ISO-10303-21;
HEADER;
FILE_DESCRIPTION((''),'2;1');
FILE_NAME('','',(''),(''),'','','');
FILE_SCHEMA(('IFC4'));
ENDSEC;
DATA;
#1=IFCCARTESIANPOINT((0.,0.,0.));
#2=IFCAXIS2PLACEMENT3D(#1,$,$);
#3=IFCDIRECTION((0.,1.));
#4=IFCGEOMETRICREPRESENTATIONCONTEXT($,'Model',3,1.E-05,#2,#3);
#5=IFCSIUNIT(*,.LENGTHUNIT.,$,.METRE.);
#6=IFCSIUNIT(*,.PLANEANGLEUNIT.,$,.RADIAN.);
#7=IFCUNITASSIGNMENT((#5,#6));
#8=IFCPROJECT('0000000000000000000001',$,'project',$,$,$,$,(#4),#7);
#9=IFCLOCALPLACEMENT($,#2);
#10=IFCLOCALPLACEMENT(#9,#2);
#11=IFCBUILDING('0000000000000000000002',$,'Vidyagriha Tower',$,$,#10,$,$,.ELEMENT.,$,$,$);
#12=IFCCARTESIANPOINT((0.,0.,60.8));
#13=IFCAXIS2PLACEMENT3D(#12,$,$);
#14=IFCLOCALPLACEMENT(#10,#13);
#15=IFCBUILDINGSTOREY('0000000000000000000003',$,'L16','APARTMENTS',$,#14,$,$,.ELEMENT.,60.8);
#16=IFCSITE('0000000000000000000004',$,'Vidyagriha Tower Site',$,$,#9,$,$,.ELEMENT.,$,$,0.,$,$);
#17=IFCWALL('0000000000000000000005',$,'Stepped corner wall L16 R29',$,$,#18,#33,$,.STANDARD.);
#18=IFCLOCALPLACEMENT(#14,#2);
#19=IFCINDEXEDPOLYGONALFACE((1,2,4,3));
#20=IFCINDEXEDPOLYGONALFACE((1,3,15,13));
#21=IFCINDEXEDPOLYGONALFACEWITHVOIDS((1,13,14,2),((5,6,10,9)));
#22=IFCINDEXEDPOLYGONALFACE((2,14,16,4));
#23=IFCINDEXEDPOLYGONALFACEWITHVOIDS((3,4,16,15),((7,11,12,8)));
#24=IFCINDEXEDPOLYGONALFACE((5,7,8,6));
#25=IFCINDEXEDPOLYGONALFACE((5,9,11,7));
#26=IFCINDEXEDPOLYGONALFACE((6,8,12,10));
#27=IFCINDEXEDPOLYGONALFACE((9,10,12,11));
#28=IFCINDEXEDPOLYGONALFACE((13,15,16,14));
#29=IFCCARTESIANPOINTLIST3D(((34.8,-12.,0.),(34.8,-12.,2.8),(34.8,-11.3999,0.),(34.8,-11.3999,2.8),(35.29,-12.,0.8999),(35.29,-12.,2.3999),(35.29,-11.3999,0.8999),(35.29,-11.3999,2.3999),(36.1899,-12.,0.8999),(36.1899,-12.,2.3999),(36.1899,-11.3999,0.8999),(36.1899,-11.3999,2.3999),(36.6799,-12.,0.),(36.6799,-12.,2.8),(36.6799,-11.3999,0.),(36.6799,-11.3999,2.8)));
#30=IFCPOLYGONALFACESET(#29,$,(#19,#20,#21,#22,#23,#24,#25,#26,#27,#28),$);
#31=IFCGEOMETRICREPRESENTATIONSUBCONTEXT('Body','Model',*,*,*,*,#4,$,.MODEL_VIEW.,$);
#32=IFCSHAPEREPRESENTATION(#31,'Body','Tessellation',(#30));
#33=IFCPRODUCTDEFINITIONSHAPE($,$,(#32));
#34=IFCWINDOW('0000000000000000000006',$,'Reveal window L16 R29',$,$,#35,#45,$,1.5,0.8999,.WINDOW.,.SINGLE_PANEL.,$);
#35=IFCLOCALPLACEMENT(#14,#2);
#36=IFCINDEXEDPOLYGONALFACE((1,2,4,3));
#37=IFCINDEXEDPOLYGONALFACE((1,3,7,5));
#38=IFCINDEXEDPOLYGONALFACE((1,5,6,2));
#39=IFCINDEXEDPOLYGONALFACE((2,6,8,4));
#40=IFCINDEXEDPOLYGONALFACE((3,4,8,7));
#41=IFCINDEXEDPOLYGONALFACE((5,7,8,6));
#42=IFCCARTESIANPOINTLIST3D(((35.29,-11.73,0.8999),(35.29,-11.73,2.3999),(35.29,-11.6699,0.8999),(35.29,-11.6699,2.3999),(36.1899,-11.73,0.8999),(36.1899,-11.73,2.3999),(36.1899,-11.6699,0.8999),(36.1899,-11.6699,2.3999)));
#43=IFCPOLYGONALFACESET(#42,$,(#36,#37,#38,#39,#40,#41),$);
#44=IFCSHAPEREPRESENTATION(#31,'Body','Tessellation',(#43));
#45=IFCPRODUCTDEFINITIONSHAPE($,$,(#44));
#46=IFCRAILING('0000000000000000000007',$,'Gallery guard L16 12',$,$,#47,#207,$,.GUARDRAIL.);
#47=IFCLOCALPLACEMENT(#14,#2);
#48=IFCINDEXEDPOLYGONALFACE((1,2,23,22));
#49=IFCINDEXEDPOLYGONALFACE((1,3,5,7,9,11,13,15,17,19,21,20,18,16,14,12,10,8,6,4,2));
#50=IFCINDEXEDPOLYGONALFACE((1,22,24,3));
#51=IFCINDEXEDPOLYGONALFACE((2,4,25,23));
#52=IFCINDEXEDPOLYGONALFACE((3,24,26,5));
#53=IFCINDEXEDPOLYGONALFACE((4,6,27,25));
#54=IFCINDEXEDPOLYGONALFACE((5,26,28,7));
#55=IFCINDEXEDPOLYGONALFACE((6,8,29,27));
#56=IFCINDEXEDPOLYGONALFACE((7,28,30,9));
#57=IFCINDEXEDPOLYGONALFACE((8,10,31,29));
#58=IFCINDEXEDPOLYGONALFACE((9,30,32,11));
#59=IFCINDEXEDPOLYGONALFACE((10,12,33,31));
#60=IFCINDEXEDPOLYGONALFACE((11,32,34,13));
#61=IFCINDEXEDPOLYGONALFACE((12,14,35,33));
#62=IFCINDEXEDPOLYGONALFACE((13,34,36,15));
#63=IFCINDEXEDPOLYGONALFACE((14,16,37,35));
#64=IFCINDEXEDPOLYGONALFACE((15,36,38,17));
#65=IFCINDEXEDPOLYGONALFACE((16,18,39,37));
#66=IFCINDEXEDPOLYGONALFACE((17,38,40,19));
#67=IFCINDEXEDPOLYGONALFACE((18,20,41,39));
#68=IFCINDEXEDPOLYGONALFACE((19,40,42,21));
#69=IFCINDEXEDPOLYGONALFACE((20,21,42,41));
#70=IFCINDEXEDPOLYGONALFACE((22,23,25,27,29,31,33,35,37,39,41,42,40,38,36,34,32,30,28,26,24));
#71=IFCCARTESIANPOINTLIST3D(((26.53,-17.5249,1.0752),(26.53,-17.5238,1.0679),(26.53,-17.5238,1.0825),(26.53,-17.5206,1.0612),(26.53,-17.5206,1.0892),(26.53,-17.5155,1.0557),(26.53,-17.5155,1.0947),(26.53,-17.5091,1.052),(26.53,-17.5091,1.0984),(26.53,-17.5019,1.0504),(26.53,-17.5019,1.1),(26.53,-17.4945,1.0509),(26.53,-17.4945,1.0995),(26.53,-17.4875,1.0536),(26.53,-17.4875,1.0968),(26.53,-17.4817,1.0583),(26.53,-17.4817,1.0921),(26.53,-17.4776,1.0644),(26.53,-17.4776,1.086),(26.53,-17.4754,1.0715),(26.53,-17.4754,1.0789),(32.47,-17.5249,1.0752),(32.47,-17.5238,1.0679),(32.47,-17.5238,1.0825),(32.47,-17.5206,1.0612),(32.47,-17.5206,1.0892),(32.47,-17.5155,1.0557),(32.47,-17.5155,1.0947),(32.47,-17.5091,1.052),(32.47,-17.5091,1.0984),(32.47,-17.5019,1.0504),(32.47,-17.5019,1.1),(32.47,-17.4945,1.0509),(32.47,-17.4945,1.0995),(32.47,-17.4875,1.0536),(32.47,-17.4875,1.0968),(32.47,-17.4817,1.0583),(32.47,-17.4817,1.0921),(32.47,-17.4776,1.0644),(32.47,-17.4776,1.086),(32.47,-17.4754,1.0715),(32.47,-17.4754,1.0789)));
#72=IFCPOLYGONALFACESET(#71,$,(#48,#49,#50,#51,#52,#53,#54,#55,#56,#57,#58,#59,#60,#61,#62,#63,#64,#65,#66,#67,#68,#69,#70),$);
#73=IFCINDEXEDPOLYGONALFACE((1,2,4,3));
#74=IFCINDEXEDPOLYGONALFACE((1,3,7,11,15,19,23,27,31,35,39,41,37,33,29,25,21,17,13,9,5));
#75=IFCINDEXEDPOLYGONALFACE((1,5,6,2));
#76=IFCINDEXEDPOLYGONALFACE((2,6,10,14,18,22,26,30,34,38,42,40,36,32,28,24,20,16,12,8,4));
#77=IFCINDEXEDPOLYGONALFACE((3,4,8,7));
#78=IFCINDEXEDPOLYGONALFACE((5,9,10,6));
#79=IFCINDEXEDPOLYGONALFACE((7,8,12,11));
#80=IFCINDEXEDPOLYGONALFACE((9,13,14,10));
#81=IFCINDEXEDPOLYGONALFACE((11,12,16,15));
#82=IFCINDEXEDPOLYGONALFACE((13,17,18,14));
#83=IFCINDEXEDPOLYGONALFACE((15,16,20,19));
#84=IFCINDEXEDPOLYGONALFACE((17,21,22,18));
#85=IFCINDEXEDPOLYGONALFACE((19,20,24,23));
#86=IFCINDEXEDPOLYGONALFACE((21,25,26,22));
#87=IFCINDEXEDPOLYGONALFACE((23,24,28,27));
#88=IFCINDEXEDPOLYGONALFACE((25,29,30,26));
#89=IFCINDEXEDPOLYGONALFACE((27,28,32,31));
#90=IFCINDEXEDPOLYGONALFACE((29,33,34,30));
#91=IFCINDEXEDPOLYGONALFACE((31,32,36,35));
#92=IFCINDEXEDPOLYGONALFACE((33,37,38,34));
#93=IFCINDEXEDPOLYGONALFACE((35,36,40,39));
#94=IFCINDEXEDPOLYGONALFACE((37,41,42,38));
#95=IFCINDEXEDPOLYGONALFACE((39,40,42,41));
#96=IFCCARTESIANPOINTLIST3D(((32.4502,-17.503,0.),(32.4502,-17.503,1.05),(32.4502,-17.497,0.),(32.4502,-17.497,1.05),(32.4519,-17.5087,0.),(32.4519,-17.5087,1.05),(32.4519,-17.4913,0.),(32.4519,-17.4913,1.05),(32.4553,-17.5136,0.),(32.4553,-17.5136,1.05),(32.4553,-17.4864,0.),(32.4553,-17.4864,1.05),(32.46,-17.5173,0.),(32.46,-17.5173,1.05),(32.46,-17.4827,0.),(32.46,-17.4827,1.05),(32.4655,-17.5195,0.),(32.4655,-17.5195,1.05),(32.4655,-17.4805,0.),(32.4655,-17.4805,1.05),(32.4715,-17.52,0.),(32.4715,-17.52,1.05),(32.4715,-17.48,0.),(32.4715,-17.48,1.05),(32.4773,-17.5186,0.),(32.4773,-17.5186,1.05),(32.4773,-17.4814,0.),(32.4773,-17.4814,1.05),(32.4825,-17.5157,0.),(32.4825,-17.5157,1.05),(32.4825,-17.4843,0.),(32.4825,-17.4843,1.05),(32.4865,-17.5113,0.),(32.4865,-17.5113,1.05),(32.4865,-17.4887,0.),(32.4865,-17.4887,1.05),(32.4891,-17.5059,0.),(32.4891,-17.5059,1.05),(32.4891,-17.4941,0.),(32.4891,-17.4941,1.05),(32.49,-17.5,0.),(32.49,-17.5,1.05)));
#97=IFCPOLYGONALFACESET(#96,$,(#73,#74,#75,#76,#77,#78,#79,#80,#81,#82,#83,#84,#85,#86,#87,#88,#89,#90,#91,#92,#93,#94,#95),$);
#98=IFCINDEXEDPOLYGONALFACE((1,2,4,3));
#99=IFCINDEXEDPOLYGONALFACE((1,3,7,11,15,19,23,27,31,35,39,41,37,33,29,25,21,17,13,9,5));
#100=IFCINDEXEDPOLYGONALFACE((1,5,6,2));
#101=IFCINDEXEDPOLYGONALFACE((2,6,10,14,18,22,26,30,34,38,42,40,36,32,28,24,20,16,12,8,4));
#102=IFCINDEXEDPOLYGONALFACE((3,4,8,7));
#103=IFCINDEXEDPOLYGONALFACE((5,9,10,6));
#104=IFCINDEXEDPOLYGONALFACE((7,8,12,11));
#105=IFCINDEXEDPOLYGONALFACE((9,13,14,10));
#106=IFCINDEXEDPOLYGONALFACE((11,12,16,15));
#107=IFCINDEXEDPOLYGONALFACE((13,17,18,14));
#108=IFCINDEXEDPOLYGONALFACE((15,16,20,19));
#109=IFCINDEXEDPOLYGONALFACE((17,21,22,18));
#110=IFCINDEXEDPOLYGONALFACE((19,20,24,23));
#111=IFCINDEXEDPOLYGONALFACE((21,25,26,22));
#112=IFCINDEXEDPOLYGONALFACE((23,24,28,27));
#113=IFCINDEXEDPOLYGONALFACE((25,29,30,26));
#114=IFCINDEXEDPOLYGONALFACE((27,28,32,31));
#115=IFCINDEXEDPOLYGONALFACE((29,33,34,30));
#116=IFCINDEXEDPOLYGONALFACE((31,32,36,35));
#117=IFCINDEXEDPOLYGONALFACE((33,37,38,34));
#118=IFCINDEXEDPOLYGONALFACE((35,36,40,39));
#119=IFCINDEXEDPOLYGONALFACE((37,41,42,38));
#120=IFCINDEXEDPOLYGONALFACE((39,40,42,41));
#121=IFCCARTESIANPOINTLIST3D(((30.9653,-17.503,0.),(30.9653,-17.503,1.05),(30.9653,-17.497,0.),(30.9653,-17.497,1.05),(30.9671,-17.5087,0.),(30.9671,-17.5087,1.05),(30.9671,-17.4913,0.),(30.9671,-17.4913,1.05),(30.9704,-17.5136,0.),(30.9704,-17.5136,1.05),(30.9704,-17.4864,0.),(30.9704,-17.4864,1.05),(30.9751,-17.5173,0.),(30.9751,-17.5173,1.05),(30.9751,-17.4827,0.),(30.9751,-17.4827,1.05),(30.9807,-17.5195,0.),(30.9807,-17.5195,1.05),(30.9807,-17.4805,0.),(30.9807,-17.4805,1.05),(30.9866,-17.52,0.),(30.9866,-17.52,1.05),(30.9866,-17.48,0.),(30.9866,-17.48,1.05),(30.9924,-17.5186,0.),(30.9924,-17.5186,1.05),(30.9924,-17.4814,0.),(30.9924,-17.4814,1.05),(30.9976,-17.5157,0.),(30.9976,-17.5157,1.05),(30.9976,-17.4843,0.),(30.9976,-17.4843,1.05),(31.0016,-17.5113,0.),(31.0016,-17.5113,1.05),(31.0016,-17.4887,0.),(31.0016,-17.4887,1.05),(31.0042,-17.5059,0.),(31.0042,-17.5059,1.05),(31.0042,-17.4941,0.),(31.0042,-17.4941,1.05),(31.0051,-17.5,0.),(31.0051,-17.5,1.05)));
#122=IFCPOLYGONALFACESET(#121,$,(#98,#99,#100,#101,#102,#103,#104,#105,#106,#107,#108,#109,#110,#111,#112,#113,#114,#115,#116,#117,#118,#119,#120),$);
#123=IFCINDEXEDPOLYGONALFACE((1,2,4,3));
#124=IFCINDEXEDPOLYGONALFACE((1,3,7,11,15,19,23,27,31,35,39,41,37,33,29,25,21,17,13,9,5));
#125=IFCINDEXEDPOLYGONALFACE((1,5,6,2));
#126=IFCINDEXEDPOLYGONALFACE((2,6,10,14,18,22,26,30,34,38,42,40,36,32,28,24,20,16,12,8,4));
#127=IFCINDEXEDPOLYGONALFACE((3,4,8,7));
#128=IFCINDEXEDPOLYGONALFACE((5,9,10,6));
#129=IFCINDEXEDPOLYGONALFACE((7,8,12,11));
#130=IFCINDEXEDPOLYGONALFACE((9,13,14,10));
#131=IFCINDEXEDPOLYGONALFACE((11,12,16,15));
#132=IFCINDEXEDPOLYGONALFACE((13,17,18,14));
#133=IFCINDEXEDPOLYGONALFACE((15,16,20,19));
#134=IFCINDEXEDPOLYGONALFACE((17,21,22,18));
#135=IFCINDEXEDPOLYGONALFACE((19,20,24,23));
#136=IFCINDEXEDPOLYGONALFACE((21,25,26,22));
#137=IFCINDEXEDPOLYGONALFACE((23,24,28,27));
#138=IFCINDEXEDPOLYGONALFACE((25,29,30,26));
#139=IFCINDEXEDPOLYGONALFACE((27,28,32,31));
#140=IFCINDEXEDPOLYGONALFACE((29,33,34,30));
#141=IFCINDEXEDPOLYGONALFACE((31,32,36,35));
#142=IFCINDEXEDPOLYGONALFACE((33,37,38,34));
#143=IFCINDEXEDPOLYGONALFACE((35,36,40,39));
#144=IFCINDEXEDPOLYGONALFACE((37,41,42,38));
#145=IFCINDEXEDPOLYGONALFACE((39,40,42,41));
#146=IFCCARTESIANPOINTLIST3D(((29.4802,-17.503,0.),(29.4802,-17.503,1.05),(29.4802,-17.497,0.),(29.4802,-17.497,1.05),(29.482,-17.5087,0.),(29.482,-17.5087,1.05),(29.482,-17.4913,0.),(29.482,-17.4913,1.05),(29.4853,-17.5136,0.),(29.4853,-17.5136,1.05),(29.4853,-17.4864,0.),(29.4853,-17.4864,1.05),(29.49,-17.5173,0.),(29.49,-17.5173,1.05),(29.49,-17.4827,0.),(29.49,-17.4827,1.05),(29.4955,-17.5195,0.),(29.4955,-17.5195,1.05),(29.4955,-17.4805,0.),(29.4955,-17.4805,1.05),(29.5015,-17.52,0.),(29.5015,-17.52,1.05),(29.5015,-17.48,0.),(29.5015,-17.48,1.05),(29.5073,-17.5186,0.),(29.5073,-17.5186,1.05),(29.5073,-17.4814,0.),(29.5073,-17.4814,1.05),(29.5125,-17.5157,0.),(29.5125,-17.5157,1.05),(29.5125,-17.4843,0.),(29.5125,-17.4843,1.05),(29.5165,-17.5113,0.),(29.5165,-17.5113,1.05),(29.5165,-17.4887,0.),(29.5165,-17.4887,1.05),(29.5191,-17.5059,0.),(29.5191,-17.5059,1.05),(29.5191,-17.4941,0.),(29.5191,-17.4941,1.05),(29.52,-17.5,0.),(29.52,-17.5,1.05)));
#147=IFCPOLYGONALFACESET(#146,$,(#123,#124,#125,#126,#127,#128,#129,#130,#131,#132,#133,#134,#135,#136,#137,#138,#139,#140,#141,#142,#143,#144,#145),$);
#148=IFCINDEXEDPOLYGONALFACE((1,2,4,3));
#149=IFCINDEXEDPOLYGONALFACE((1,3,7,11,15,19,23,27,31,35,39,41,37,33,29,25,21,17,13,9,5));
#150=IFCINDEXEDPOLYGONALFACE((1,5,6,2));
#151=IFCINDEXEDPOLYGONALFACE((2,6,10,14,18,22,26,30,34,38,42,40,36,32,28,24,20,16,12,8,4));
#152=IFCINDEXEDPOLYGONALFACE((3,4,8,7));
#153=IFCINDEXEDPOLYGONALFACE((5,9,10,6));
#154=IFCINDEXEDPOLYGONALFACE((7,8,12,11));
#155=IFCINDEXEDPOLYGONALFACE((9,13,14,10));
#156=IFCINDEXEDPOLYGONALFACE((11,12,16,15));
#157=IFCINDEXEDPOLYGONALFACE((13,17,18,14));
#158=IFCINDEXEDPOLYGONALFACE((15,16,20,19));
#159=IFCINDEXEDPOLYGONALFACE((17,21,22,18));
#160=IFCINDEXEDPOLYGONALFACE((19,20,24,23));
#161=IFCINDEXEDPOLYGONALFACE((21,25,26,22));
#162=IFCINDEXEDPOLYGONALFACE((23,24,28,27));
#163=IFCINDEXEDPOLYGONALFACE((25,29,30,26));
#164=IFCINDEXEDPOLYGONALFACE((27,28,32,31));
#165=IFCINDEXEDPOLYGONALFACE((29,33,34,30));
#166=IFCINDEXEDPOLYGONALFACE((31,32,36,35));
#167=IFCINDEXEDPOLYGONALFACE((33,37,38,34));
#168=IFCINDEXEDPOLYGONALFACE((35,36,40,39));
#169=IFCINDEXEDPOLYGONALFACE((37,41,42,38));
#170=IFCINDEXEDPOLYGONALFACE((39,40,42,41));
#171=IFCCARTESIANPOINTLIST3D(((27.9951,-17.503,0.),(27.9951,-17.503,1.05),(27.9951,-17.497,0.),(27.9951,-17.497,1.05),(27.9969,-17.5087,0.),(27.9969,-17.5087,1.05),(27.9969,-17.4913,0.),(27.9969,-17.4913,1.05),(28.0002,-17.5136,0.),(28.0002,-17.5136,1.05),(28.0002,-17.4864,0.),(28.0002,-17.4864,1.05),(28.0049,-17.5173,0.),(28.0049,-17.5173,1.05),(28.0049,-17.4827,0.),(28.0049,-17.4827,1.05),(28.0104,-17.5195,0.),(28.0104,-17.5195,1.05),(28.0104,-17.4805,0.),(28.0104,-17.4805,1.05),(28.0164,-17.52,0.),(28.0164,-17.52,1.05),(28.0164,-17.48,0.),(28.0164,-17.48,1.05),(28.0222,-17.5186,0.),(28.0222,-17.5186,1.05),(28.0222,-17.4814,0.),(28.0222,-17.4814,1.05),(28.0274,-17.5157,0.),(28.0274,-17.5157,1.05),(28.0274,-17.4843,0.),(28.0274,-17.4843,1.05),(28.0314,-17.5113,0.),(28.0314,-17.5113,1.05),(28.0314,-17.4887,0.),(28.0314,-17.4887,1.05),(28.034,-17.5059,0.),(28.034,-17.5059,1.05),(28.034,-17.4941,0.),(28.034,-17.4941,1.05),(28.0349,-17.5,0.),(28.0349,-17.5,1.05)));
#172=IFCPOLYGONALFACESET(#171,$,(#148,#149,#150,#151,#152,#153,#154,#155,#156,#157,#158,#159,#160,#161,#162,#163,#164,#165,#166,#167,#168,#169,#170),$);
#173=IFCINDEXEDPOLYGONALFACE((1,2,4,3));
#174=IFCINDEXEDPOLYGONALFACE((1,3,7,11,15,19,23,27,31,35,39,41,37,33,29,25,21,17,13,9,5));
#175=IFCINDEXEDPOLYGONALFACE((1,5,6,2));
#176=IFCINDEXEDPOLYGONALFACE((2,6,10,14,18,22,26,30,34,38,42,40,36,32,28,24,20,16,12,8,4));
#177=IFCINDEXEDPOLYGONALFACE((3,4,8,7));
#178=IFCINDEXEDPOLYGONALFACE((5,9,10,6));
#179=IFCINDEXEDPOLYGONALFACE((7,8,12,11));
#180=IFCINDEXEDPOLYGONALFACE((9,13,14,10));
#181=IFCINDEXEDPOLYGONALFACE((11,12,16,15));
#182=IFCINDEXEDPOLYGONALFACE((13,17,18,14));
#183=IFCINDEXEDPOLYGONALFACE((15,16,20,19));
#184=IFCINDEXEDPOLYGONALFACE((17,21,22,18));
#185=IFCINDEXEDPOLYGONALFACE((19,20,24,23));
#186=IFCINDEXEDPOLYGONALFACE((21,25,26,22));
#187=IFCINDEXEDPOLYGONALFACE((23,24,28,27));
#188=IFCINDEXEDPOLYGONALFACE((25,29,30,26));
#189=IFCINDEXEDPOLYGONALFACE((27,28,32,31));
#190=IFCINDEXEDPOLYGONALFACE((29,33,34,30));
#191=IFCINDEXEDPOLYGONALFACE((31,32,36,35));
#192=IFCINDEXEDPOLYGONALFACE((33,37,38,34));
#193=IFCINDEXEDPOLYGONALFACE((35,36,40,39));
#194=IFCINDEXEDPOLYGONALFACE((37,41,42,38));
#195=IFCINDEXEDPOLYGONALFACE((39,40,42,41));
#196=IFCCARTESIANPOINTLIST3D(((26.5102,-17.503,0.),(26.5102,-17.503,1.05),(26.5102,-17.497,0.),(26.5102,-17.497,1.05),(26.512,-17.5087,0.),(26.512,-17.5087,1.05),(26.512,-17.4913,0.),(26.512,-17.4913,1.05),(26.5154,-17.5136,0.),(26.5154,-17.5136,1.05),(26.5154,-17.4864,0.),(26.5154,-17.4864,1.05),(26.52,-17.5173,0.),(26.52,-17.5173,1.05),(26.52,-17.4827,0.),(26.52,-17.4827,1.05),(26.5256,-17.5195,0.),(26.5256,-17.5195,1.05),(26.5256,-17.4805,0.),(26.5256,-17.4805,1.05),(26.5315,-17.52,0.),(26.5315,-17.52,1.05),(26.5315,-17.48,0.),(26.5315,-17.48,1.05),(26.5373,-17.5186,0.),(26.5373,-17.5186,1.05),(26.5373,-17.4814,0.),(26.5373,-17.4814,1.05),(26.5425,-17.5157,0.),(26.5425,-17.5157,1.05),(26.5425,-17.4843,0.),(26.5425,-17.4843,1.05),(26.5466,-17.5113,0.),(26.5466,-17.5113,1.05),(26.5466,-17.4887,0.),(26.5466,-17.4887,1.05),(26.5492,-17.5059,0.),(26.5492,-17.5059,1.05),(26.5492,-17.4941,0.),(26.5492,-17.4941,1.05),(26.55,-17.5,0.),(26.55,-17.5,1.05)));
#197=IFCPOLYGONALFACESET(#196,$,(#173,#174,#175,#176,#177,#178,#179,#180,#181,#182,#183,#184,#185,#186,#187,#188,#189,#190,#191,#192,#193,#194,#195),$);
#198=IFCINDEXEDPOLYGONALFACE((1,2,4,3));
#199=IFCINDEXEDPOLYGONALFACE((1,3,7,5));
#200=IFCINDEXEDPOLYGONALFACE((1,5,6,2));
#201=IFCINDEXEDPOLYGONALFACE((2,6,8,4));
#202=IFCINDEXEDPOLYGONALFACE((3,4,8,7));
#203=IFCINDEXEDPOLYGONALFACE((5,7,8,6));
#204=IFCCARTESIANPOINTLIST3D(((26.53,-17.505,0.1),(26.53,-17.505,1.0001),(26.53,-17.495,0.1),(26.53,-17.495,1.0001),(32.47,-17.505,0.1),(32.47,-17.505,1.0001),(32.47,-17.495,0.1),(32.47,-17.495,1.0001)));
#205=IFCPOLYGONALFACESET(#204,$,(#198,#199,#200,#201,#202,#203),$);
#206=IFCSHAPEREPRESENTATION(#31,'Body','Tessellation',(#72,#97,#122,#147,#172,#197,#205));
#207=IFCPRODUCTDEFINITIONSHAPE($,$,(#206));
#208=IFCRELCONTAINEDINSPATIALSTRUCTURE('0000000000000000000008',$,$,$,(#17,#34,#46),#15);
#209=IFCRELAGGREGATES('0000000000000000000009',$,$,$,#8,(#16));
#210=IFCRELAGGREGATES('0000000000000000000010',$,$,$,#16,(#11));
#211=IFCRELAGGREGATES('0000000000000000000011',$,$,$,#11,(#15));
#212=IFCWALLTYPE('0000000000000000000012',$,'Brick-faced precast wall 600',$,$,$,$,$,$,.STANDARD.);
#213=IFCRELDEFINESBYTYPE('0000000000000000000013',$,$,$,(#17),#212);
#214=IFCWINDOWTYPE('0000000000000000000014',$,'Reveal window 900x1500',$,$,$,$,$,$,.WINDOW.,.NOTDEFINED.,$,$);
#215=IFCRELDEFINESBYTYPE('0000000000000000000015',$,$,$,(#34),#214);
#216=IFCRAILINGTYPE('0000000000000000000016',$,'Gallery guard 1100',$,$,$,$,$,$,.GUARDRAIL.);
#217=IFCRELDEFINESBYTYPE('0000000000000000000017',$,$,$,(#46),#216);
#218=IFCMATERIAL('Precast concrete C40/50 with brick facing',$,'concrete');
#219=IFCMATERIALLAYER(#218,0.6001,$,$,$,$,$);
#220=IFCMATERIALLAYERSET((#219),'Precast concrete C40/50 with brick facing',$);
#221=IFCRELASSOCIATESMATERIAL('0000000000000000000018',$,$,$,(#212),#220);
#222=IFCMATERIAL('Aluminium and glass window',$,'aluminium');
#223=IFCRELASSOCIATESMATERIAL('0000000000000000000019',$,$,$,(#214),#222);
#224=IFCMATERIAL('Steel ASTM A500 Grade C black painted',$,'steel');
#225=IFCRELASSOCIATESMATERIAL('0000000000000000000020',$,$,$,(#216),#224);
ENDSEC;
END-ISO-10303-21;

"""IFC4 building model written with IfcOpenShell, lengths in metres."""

from ifc_helpers import new_model, si_unit, direction, frame, frame_2d, origin, origin_2d, place, context, subcontext, project, spatial, rectangle, circle, extrude, material, layer, layer_set, type_object, element, fill, save


model = new_model("IFC4")

# Units and contexts
model_context = context("Model", 3, precision=1e-05, world=origin(), true_north=direction((0.0, 1.0)))
body_context = subcontext(model_context, "Body", "Model", "MODEL_VIEW")
ifc_project = project(units=[si_unit("LENGTHUNIT", "METRE"), si_unit("PLANEANGLEUNIT", "RADIAN")], contexts=[model_context])

# Site, building, storey
site_placement = place(None, origin())
site = spatial("IfcSite", under=ifc_project, at=site_placement, Name="Vidyagriha Tower Site", CompositionType="ELEMENT", RefElevation=0.0)
building_placement = place(site_placement, origin())
building = spatial("IfcBuilding", under=site, at=building_placement, Name="Vidyagriha Tower", CompositionType="ELEMENT")
storey_placement = place(building_placement, frame((0.0, 0.0, 60.8)))
storey = spatial("IfcBuildingStorey", under=building, at=storey_placement, Name="L16", Description="APARTMENTS", CompositionType="ELEMENT", Elevation=60.8)

# Shared definitions
ifc_material_1 = material(Name="Precast concrete C40/50 with brick facing", Category="concrete")
ifc_layer_1 = layer(ifc_material_1, 0.6001)
ifc_layer_set_1 = layer_set([ifc_layer_1], Name="Precast concrete C40/50 with brick facing")
wall_type = type_object("IfcWallType", Name="Brick-faced precast wall 600", PredefinedType="STANDARD", material=ifc_layer_set_1)

# Shared definitions
ifc_material_2 = material(Name="Aluminium and glass window", Category="aluminium")
window_type = type_object("IfcWindowType", Name="Reveal window 900x1500", PartitioningType="NOTDEFINED", PredefinedType="WINDOW", material=ifc_material_2)

# Wall, opening, window
wall_1_placement = place(storey_placement, frame((34.8, -11.7, 0.0)))
wall_1 = element("IfcWall", 1, at=wall_1_placement, inside=storey, type_object=wall_type, Name="Stepped corner wall L16 R29", PredefinedType="STANDARD", context=body_context, shape_type="SweptSolid", body=[
    extrude(rectangle(XDim=1.8799, YDim=0.6001, at=frame_2d((0.9399, 0.0))), origin(), (0.0, 0.0, 1.0), 2.8),
])
opening_1_placement = place(wall_1_placement, frame((0.49, 0.0, 0.8999)))
opening_1 = element("IfcOpeningElement", 2, at=opening_1_placement, cuts=wall_1, PredefinedType="OPENING", context=body_context, shape_type="SweptSolid", body=[
    extrude(rectangle(XDim=0.8999, YDim=1.5, at=frame_2d((0.45, 0.75))), frame((0.0, 0.3101, 0.0), z_axis=(0.0, -1.0, 0.0), x_axis=(1.0, 0.0, 0.0)), (0.0, 0.0, 1.0), 0.6201),
])
window_1_placement = place(opening_1_placement, origin())
window_1 = element("IfcWindow", 3, at=window_1_placement, inside=storey, type_object=window_type, Name="Reveal window L16 R29", OverallHeight=1.5, OverallWidth=0.8999, PartitioningType="SINGLE_PANEL", PredefinedType="WINDOW", context=body_context, shape_type="SweptSolid", body=[
    extrude(rectangle(XDim=0.8999, YDim=1.5, at=frame_2d((0.45, 0.75))), frame((0.0, 0.03, 0.0), z_axis=(0.0, -1.0, 0.0), x_axis=(1.0, 0.0, 0.0)), (0.0, 0.0, 1.0), 0.0601),
])
fill(opening_1, window_1)

# Railing
ifc_material_3 = material(Name="Steel ASTM A500 Grade C black painted", Category="steel")
railing_type = type_object("IfcRailingType", Name="Gallery guard 1100", PredefinedType="GUARDRAIL", material=ifc_material_3)
railing_1_placement = place(storey_placement, frame((32.47, -17.5, 0.0)))
element("IfcRailing", 4, at=railing_1_placement, inside=storey, type_object=railing_type, Name="Gallery guard L16 12", PredefinedType="GUARDRAIL", context=body_context, shape_type="SweptSolid", body=[
    extrude(circle(Radius=0.0249, at=origin_2d()), frame((0.0, 0.0, 1.0752), z_axis=(-1.0, 0.0, 0.0), x_axis=(0.0, -1.0, 0.0)), (0.0, 0.0, 1.0), 5.9399),
    extrude(circle(Radius=0.02, at=origin_2d()), origin(), (0.0, 0.0, 1.0), 1.05),
    extrude(circle(Radius=0.02, at=origin_2d()), frame((-1.4849, 0.0, 0.0)), (0.0, 0.0, 1.0), 1.05),
    extrude(circle(Radius=0.02, at=origin_2d()), frame((-2.97, 0.0, 0.0)), (0.0, 0.0, 1.0), 1.05),
    extrude(circle(Radius=0.02, at=origin_2d()), frame((-4.4551, 0.0, 0.0)), (0.0, 0.0, 1.0), 1.05),
    extrude(circle(Radius=0.02, at=origin_2d()), frame((-5.9399, 0.0, 0.0)), (0.0, 0.0, 1.0), 1.05),
    extrude(rectangle(XDim=0.01, YDim=0.9001, at=origin_2d()), frame((0.0, 0.0, 0.55), z_axis=(-1.0, 0.0, 0.0), x_axis=(0.0, -1.0, 0.0)), (0.0, 0.0, 1.0), 5.9399),
])

save(model, "model.ifc")
